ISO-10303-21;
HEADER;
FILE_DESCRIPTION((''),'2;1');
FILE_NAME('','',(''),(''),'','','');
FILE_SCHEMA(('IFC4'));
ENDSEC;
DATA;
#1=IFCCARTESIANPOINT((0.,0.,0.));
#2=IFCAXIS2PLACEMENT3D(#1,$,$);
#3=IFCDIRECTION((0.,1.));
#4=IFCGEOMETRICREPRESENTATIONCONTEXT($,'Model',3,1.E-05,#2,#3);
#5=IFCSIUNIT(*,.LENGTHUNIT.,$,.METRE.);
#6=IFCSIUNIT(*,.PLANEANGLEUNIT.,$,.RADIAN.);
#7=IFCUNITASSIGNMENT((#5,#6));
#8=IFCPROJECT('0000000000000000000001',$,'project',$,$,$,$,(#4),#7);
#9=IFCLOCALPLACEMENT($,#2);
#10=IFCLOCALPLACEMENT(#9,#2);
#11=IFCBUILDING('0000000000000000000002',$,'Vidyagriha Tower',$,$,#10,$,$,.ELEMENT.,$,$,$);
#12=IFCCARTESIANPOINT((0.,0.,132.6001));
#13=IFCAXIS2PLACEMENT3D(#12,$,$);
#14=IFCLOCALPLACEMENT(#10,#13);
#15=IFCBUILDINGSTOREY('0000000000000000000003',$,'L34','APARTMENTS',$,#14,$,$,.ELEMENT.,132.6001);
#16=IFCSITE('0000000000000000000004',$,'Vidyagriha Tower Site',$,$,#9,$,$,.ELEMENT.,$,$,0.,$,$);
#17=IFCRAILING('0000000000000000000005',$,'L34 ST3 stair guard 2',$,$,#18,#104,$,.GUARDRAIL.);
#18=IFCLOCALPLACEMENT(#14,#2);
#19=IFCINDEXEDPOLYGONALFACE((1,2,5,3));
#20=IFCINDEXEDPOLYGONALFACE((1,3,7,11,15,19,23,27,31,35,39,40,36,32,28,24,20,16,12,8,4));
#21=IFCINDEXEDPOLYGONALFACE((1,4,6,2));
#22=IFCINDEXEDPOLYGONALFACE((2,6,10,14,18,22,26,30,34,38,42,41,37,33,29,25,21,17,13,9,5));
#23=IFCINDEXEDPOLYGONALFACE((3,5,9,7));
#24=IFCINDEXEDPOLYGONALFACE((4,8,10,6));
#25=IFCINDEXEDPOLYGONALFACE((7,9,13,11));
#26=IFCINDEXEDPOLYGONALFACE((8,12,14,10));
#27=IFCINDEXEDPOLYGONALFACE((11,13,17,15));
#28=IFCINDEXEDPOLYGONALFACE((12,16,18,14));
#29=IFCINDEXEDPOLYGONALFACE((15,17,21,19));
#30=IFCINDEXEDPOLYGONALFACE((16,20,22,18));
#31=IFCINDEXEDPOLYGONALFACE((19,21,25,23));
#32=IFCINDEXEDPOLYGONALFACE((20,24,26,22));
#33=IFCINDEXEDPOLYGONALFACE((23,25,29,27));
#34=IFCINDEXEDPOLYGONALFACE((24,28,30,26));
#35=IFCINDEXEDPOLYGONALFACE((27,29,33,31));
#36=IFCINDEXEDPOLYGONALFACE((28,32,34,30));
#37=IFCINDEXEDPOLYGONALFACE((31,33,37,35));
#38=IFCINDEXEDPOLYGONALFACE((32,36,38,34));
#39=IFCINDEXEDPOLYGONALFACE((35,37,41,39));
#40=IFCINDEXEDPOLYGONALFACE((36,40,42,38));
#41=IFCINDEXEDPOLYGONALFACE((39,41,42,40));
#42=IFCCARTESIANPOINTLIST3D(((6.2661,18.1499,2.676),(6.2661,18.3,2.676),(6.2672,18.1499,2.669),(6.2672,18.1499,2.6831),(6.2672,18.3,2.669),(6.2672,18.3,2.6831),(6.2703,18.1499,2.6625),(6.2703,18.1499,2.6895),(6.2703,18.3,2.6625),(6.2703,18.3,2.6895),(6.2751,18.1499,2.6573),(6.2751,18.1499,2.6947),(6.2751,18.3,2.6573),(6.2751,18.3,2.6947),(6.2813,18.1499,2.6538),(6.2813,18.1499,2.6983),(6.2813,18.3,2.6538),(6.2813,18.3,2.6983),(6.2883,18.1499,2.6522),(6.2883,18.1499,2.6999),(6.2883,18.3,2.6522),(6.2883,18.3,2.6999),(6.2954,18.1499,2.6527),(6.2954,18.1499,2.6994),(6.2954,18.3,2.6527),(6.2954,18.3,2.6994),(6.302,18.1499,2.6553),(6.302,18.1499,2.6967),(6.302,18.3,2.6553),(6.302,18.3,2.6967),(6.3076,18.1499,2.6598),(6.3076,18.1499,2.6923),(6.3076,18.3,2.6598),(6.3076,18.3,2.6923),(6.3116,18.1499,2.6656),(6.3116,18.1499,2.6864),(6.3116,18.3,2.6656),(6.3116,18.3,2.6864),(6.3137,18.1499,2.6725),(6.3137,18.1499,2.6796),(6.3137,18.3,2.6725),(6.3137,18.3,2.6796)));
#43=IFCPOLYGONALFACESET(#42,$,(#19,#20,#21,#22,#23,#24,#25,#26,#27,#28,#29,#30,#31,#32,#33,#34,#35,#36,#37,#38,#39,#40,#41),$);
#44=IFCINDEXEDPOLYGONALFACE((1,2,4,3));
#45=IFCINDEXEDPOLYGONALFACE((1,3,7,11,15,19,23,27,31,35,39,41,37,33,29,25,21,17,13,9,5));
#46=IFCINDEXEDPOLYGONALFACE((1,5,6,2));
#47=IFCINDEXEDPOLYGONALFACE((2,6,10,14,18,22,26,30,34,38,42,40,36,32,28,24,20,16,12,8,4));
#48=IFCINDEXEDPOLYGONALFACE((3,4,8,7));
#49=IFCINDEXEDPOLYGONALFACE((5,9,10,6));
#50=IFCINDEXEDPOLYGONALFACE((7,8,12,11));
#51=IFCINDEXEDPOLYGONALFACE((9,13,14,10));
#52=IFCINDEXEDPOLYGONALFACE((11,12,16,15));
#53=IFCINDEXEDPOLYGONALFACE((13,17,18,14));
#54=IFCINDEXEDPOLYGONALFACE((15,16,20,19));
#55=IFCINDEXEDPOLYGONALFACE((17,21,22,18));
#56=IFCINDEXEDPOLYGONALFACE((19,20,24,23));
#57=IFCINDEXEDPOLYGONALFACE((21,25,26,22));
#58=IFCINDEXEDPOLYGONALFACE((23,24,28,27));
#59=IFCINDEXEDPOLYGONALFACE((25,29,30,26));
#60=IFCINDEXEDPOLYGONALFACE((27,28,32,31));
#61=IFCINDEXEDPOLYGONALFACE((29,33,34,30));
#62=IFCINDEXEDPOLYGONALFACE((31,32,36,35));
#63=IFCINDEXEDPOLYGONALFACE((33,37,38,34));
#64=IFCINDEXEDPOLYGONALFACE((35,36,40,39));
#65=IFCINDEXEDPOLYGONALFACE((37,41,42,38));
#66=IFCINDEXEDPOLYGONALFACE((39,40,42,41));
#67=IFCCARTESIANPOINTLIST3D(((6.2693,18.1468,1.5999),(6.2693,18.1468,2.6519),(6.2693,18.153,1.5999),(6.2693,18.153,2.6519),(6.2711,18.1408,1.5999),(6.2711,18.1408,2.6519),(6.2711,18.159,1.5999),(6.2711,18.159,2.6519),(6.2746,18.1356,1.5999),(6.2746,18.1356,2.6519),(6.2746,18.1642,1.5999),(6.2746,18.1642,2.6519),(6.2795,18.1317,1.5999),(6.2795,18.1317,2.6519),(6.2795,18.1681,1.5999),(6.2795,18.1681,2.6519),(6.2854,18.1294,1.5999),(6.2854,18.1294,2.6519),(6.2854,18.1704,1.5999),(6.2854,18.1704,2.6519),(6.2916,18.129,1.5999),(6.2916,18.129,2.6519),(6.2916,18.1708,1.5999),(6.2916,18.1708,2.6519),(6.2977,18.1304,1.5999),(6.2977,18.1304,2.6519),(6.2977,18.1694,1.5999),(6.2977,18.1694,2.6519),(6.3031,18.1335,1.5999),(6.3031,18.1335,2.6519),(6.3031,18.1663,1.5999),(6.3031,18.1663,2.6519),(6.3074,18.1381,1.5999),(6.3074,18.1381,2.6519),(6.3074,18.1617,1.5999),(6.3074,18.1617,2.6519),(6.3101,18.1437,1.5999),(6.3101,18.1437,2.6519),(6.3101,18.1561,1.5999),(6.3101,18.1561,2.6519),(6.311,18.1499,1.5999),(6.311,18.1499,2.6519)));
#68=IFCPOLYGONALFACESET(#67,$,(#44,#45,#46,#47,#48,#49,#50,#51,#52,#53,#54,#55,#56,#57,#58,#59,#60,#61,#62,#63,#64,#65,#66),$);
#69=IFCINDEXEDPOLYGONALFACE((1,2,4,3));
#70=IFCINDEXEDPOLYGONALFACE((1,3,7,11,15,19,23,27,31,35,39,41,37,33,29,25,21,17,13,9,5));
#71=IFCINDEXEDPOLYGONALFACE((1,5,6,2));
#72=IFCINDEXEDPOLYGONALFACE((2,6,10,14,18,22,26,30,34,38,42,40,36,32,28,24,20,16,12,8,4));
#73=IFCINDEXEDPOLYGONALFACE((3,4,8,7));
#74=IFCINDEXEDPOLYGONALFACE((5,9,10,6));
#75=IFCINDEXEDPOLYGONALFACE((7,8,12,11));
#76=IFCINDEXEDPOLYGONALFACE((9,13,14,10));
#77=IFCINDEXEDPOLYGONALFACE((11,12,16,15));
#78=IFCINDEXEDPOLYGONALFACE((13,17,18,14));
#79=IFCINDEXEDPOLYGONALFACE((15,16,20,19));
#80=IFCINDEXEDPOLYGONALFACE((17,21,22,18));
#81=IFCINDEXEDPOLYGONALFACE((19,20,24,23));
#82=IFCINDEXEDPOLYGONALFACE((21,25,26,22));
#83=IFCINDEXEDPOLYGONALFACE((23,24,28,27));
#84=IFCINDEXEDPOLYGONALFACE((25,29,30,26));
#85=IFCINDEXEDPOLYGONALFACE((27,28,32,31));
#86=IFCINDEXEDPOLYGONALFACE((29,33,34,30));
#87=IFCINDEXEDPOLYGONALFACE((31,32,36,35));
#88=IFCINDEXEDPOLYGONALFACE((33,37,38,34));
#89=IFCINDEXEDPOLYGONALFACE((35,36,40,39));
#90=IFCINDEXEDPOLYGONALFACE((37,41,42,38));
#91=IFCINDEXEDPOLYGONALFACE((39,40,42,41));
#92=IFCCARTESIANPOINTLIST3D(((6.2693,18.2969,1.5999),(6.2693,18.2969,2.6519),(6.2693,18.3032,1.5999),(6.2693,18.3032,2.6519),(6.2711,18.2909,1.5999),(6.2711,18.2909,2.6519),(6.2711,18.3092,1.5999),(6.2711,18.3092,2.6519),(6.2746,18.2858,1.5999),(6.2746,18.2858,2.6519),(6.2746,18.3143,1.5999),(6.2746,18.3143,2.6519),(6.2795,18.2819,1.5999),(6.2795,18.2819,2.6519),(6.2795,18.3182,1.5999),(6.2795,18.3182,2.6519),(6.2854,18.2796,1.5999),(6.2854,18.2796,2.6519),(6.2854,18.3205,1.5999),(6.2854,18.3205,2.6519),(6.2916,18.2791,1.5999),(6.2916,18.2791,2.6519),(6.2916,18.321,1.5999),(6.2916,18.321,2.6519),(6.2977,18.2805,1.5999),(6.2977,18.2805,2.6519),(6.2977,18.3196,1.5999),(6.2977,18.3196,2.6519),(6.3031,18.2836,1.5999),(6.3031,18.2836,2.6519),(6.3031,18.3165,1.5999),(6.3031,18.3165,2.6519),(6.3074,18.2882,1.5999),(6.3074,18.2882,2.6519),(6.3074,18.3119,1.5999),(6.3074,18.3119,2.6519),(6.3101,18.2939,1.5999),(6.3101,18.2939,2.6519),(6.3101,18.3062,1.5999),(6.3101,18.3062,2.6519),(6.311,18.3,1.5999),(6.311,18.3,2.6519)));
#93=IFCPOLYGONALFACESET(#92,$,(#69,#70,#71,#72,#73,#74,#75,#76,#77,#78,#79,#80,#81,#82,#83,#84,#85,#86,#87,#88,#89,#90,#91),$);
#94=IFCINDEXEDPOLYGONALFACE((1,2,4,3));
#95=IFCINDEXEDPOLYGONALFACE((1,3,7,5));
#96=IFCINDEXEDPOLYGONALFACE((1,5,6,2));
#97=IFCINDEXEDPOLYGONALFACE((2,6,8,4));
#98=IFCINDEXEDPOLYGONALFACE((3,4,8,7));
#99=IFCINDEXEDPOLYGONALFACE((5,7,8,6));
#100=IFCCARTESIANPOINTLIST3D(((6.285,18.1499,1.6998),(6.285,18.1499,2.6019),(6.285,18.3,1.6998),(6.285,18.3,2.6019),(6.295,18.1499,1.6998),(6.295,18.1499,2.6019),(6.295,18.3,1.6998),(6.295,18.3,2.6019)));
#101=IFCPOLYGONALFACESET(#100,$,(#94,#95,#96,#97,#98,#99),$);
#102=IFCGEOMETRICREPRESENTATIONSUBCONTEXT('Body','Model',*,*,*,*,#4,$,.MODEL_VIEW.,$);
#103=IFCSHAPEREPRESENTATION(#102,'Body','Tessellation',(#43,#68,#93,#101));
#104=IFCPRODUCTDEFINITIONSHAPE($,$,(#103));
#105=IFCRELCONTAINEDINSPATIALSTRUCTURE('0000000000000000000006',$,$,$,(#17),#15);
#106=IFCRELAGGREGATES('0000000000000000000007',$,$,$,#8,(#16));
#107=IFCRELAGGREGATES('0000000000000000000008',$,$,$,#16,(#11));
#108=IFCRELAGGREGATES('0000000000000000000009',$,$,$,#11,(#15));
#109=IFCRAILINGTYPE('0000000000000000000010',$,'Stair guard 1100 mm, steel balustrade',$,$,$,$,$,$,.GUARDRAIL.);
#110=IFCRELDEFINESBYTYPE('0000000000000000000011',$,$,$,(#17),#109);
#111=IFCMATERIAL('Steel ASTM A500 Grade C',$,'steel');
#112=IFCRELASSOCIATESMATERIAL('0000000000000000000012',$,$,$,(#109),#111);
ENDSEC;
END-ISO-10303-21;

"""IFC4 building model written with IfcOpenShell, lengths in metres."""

from ifc_helpers import new_model, si_unit, direction, frame, origin, origin_2d, place, context, subcontext, project, spatial, rectangle, circle, extrude, material, type_object, element, save


model = new_model("IFC4")

# Units and contexts
model_context = context("Model", 3, precision=1e-05, world=origin(), true_north=direction((0.0, 1.0)))
body_context = subcontext(model_context, "Body", "Model", "MODEL_VIEW")
ifc_project = project(units=[si_unit("LENGTHUNIT", "METRE"), si_unit("PLANEANGLEUNIT", "RADIAN")], contexts=[model_context])

# Site, building, storey
site_placement = place(None, origin())
site = spatial("IfcSite", under=ifc_project, at=site_placement, Name="Vidyagriha Tower Site", CompositionType="ELEMENT", RefElevation=0.0)
building_placement = place(site_placement, origin())
building = spatial("IfcBuilding", under=site, at=building_placement, Name="Vidyagriha Tower", CompositionType="ELEMENT")
storey_placement = place(building_placement, frame((0.0, 0.0, 132.6001)))
storey = spatial("IfcBuildingStorey", under=building, at=storey_placement, Name="L34", Description="APARTMENTS", CompositionType="ELEMENT", Elevation=132.6001)

# Railing
ifc_material_1 = material(Name="Steel ASTM A500 Grade C", Category="steel")
railing_type_1 = type_object("IfcRailingType", Name="Stair guard 1100 mm, steel balustrade", PredefinedType="GUARDRAIL", material=ifc_material_1)
railing_1_placement = place(storey_placement, frame((6.29, 18.1499, 1.5999)))
element("IfcRailing", 1, at=railing_1_placement, inside=storey, type_object=railing_type_1, Name="L34 ST3 stair guard 2", PredefinedType="GUARDRAIL", context=body_context, shape_type="SweptSolid", body=[
    extrude(circle(Radius=0.0239, at=origin_2d()), frame((0.0, 0.0, 1.0762), z_axis=(0.0, 1.0, 0.0), x_axis=(-1.0, 0.0, 0.0)), (0.0, 0.0, 1.0), 0.1501),
    extrude(circle(Radius=0.021, at=origin_2d()), origin(), (0.0, 0.0, 1.0), 1.052),
    extrude(circle(Radius=0.021, at=origin_2d()), frame((0.0, 0.1501, 0.0)), (0.0, 0.0, 1.0), 1.052),
    extrude(rectangle(XDim=0.01, YDim=0.9021, at=origin_2d()), frame((0.0, 0.0, 0.551), z_axis=(0.0, 1.0, 0.0), x_axis=(-1.0, 0.0, 0.0)), (0.0, 0.0, 1.0), 0.1501),
])

save(model, "model.ifc")
